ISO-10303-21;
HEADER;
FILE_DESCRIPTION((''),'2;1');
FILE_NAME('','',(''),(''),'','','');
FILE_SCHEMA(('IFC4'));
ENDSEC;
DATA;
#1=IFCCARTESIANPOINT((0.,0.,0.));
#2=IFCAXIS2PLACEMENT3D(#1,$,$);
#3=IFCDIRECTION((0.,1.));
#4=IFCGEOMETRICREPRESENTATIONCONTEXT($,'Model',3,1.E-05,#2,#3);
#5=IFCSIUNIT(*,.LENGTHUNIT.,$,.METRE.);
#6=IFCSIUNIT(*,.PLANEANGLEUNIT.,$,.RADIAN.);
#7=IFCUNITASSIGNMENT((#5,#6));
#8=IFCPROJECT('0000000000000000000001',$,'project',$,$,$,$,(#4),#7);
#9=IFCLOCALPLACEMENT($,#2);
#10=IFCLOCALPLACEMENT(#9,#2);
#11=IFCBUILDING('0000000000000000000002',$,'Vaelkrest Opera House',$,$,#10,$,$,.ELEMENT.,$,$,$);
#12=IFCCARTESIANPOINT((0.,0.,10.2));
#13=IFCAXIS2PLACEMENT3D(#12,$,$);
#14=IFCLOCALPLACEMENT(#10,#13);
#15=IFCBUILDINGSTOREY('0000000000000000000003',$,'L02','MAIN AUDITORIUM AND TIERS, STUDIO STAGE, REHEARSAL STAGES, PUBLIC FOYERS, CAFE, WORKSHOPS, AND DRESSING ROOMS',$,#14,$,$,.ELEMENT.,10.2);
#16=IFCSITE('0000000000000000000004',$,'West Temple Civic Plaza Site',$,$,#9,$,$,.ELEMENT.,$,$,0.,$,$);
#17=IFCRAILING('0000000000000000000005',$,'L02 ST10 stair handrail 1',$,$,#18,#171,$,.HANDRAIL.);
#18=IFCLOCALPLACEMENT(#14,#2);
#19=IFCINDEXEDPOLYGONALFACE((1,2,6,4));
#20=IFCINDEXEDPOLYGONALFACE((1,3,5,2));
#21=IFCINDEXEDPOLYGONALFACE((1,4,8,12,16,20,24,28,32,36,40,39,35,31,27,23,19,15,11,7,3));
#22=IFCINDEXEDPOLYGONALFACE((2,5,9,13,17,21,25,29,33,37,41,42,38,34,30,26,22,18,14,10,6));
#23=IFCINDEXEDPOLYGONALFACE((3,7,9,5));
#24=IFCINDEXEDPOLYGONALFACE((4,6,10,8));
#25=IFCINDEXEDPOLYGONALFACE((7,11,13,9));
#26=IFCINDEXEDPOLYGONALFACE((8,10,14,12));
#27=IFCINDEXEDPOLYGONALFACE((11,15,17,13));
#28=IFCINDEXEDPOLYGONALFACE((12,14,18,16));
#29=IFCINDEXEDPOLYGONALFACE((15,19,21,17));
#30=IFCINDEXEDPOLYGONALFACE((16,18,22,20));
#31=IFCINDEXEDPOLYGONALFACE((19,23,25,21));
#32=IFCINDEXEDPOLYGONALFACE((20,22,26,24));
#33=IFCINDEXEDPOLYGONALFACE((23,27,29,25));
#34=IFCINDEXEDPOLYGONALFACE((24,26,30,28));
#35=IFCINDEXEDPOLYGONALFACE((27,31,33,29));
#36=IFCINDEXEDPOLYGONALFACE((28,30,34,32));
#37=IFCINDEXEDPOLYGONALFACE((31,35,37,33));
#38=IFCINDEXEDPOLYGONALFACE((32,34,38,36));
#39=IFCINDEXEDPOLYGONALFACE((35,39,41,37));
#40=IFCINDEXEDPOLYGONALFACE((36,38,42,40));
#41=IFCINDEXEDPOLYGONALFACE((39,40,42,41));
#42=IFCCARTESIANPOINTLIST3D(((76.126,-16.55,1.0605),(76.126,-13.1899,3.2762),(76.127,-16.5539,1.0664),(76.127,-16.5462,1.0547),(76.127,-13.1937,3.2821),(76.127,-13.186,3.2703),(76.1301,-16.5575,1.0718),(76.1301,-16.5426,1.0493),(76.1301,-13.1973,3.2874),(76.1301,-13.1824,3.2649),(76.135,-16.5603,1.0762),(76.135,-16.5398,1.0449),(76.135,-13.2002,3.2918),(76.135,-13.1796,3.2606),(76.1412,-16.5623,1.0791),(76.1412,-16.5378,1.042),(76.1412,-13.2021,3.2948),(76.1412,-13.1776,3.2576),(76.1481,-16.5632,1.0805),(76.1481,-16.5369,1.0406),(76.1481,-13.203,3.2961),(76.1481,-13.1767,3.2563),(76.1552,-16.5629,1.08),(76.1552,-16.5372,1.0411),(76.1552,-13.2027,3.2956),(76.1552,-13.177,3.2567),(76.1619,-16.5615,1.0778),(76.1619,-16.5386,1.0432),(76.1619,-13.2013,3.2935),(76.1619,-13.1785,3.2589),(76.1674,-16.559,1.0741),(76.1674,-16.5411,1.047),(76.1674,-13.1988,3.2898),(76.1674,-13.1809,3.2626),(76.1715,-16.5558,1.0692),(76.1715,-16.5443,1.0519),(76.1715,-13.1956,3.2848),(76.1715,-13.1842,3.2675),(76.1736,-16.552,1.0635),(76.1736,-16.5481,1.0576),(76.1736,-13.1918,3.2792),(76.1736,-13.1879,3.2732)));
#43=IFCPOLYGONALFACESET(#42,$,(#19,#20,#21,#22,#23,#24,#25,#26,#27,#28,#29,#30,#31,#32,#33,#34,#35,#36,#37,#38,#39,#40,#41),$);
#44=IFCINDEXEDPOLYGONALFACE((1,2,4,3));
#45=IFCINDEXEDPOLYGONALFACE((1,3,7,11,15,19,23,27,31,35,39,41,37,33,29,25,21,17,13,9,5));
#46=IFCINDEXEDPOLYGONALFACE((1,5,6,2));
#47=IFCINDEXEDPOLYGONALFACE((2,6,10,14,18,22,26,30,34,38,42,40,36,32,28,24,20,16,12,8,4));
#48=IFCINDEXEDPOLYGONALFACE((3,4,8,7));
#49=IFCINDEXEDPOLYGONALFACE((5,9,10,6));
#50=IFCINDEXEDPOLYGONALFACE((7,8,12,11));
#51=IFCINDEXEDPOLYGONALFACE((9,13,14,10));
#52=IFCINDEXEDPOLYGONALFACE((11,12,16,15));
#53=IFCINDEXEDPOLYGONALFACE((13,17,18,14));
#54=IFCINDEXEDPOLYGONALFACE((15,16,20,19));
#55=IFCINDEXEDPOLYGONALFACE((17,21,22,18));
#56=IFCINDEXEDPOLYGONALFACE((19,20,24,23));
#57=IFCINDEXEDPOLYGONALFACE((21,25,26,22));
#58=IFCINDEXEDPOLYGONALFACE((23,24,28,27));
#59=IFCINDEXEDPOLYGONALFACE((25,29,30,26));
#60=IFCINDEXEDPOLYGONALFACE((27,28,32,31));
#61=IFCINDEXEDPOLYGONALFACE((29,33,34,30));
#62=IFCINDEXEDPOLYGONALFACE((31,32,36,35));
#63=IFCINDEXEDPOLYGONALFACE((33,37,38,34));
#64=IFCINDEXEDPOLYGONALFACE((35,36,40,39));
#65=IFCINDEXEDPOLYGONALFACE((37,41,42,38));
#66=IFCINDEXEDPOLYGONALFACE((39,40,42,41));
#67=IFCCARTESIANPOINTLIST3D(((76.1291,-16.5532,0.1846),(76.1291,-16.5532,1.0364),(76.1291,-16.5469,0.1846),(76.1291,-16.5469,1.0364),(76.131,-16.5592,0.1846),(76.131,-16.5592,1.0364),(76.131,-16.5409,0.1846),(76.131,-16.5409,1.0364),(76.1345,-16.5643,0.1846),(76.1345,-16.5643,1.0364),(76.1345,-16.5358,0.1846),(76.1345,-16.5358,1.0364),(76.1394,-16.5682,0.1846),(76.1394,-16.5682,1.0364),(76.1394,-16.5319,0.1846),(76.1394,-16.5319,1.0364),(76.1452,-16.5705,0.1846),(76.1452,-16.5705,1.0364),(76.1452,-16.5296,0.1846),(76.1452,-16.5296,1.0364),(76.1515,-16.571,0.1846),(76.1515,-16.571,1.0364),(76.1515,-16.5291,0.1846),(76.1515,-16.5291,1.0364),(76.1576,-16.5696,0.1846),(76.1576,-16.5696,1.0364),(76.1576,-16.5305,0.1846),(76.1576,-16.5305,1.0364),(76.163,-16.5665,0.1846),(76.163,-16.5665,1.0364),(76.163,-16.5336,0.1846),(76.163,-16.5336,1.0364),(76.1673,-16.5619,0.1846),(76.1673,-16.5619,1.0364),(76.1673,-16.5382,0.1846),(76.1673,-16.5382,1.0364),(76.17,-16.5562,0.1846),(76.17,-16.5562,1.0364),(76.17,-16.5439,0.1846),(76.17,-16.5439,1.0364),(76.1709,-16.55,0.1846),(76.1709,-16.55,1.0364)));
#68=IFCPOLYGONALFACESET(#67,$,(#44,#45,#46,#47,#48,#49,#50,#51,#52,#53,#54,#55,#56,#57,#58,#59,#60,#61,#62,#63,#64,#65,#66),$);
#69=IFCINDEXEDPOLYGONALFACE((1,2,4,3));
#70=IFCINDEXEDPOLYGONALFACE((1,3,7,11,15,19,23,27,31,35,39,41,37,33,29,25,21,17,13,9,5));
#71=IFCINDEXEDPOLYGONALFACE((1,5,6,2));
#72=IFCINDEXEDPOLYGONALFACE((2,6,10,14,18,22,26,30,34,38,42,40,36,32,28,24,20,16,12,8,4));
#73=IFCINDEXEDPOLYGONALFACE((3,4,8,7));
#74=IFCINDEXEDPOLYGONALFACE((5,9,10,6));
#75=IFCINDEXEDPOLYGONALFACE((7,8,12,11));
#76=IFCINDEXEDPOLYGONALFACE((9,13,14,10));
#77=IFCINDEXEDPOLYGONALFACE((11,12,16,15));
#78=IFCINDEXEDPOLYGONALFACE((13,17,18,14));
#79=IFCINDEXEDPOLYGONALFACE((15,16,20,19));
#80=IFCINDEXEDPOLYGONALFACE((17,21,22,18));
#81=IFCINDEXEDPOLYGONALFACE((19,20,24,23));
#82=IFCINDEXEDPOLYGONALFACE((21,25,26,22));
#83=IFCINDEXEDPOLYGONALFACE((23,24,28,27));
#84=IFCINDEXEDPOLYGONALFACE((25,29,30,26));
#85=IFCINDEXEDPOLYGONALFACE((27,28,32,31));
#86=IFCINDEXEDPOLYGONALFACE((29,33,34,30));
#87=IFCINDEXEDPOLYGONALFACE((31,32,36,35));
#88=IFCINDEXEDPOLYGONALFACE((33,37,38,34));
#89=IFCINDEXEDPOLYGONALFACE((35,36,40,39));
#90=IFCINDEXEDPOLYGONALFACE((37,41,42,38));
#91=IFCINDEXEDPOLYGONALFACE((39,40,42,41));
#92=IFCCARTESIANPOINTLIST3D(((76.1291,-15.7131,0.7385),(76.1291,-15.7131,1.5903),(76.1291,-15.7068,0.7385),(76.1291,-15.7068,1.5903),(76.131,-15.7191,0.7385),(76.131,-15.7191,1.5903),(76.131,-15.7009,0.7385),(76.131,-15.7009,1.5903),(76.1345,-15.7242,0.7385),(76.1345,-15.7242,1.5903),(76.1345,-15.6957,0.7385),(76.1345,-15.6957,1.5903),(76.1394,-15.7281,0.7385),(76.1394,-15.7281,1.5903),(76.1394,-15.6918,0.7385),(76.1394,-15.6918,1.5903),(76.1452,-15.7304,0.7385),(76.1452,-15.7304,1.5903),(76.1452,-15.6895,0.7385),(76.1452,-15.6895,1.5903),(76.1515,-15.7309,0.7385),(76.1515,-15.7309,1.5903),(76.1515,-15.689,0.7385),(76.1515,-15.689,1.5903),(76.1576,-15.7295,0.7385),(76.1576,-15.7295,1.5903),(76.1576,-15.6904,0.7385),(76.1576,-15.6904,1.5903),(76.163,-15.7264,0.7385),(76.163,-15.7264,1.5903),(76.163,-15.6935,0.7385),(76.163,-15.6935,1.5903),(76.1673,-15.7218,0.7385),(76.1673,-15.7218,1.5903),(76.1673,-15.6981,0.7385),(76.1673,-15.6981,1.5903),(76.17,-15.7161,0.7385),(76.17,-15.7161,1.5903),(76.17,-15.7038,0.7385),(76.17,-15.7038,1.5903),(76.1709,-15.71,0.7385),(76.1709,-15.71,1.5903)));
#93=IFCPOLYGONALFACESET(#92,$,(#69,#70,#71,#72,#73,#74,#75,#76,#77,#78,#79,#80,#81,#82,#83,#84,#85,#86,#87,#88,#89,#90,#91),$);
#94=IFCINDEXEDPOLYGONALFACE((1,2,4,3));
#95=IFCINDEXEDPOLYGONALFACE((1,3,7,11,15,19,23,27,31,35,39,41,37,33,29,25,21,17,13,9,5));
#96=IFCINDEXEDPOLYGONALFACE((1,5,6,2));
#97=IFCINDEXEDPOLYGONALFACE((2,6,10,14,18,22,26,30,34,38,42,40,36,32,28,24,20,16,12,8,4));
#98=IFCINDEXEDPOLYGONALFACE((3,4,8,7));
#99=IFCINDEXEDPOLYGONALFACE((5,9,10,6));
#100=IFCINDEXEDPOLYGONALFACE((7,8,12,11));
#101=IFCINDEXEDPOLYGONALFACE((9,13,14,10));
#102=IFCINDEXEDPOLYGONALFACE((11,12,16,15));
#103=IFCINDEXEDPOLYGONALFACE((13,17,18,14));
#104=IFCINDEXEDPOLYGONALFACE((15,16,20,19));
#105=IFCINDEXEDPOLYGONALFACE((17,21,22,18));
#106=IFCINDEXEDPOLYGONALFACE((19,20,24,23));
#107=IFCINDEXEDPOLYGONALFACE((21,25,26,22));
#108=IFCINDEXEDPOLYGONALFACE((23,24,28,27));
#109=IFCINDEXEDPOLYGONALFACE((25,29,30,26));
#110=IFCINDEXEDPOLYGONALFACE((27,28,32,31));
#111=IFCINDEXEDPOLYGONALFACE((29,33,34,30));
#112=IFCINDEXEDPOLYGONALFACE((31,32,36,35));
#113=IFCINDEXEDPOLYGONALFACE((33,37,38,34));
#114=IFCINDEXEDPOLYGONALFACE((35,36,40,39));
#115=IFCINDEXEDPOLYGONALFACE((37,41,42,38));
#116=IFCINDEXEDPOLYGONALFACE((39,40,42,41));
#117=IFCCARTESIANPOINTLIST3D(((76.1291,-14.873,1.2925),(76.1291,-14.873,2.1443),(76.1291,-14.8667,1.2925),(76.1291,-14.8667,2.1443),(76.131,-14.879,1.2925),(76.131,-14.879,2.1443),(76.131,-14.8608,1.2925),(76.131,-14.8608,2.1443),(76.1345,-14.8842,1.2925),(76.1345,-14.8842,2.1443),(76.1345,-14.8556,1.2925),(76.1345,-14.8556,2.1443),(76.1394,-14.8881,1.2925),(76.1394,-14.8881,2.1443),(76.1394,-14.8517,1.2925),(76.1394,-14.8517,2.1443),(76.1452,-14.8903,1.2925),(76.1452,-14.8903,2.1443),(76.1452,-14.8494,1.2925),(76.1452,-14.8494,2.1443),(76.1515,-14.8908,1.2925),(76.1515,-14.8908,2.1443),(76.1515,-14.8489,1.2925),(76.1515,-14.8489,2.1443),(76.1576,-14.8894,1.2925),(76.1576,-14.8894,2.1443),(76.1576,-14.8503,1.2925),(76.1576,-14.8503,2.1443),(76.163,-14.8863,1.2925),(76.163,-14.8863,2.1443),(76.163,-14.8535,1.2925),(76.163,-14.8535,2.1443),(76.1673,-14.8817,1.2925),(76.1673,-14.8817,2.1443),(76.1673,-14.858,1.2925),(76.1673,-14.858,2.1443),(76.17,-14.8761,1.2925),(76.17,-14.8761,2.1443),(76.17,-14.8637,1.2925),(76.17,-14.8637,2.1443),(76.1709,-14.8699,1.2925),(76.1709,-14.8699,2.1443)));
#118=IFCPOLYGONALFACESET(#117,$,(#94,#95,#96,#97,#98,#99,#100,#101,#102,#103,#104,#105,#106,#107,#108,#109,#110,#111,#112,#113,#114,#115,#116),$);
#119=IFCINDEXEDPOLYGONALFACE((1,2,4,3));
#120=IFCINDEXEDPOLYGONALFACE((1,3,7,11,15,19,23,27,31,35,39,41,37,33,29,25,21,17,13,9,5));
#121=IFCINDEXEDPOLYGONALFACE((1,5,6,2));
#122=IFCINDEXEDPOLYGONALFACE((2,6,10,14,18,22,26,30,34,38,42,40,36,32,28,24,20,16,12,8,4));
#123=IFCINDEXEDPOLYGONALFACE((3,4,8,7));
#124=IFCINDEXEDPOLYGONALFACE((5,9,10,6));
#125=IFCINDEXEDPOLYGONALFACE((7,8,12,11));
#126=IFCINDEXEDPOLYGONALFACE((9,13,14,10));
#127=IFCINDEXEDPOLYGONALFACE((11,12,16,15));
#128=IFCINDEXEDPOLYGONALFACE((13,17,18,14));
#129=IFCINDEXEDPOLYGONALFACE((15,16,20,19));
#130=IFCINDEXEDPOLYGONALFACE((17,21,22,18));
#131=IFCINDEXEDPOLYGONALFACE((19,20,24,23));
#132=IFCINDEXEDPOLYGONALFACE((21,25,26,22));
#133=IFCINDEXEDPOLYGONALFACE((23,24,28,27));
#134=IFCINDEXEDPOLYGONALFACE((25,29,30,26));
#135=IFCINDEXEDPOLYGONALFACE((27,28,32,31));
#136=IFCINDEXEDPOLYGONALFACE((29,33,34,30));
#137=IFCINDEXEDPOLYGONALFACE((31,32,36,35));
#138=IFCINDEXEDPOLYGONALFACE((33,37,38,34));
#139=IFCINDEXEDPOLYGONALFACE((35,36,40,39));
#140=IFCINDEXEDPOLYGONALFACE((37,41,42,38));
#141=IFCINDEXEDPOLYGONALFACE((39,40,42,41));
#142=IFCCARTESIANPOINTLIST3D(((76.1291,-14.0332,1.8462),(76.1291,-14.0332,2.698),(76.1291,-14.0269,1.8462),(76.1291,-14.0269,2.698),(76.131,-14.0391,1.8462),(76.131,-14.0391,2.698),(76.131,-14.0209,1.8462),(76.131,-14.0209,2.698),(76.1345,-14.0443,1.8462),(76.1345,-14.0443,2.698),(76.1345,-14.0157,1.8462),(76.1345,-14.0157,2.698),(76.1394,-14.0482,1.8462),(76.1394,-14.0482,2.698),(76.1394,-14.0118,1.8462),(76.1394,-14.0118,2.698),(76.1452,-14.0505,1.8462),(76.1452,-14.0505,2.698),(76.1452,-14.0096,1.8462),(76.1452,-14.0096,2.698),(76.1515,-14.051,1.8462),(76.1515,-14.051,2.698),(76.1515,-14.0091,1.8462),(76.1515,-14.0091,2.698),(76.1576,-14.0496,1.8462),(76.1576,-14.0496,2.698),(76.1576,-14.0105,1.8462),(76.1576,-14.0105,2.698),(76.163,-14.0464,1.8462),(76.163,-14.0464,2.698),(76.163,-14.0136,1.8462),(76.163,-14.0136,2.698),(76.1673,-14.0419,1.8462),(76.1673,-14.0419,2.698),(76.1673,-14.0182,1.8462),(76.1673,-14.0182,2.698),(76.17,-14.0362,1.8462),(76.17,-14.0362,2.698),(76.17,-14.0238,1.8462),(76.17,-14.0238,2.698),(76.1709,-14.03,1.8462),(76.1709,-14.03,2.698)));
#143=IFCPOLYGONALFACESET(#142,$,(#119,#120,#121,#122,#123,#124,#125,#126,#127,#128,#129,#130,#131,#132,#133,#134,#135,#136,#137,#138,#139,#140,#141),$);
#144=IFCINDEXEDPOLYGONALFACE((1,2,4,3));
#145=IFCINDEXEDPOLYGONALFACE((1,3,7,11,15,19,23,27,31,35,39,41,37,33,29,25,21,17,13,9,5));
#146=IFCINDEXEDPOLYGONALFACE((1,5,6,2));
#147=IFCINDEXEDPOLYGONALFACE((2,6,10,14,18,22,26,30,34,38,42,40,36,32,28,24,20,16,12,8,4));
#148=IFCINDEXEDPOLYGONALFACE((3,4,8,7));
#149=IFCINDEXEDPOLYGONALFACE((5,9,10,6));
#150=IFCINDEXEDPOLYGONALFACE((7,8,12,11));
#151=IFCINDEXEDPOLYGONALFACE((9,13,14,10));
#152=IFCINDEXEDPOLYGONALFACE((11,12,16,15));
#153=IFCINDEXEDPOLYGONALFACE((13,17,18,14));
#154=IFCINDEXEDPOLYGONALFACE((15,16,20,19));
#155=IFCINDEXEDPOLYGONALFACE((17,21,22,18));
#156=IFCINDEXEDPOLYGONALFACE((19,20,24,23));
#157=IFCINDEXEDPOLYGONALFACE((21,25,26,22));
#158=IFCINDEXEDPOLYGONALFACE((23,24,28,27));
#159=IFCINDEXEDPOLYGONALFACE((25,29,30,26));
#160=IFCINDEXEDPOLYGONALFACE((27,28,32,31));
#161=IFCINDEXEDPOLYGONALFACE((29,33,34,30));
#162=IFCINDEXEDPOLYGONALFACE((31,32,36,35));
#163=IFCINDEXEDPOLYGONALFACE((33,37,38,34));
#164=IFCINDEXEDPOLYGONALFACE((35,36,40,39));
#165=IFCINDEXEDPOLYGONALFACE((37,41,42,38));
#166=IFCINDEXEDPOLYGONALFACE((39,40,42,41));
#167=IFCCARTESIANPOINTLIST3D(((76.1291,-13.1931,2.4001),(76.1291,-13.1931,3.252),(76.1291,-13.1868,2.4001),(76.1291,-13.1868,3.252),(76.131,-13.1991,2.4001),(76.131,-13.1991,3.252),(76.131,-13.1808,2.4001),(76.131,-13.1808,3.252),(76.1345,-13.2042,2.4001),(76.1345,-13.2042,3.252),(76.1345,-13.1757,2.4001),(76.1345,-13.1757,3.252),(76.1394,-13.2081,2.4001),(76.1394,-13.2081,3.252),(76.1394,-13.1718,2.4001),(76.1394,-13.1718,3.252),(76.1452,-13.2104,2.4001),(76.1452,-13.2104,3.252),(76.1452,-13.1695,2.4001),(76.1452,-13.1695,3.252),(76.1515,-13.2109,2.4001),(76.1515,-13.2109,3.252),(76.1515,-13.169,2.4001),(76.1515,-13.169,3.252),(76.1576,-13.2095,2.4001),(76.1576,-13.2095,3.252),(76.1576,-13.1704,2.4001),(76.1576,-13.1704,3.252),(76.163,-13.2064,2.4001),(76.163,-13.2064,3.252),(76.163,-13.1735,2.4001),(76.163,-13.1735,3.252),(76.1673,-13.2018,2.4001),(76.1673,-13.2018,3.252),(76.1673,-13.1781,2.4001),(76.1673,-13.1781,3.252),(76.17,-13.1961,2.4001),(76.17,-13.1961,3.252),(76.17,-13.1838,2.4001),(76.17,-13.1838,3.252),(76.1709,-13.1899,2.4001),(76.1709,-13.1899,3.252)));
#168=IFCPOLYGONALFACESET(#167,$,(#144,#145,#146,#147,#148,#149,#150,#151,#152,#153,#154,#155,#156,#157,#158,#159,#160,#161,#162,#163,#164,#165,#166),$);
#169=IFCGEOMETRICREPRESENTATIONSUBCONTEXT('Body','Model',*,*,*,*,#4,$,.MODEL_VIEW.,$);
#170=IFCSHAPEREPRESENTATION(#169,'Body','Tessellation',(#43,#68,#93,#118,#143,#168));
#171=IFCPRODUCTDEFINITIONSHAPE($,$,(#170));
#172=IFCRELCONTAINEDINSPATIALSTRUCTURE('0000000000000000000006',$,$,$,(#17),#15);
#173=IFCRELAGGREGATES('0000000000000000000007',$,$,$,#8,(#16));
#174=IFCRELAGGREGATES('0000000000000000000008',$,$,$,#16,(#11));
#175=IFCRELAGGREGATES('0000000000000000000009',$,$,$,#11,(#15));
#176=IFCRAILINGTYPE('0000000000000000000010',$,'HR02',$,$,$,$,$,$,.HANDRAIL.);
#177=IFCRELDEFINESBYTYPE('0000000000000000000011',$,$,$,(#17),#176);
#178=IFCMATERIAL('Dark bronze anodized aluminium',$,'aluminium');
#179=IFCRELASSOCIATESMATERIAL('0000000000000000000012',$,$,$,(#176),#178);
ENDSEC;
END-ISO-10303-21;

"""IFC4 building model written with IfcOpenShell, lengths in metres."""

from ifc_helpers import new_model, si_unit, direction, frame, origin, origin_2d, place, context, subcontext, project, spatial, circle, extrude, material, type_object, element, save


model = new_model("IFC4")

# Units and contexts
model_context = context("Model", 3, precision=1e-05, world=origin(), true_north=direction((0.0, 1.0)))
body_context = subcontext(model_context, "Body", "Model", "MODEL_VIEW")
ifc_project = project(units=[si_unit("LENGTHUNIT", "METRE"), si_unit("PLANEANGLEUNIT", "RADIAN")], contexts=[model_context])

# Site, building, storey
site_placement = place(None, origin())
site = spatial("IfcSite", under=ifc_project, at=site_placement, Name="West Temple Civic Plaza Site", CompositionType="ELEMENT", RefElevation=0.0)
building_placement = place(site_placement, origin())
building = spatial("IfcBuilding", under=site, at=building_placement, Name="Vaelkrest Opera House", CompositionType="ELEMENT")
storey_placement = place(building_placement, frame((0.0, 0.0, 10.2)))
storey = spatial("IfcBuildingStorey", under=building, at=storey_placement, Name="L02", Description="MAIN AUDITORIUM AND TIERS, STUDIO STAGE, REHEARSAL STAGES, PUBLIC FOYERS, CAFE, WORKSHOPS, AND DRESSING ROOMS", CompositionType="ELEMENT", Elevation=10.2)

# Railing
ifc_material_1 = material(Name="Dark bronze anodized aluminium", Category="aluminium")
railing_type_1 = type_object("IfcRailingType", Name="HR02", PredefinedType="HANDRAIL", material=ifc_material_1)
railing_1_placement = place(storey_placement, frame((76.1499, -16.55, 0.1846)))
element("IfcRailing", 1, at=railing_1_placement, inside=storey, type_object=railing_type_1, Name="L02 ST10 stair handrail 1", PredefinedType="HANDRAIL", context=body_context, shape_type="SweptSolid", body=[
    extrude(circle(Radius=0.0239, at=origin_2d()), frame((0.0, 0.0, 0.876), z_axis=(0.0, 0.834849, 0.55048), x_axis=(-1.0, 0.0, 0.0)), (0.0, 0.0, 1.0), 4.0249),
    extrude(circle(Radius=0.021, at=origin_2d()), origin(), (0.0, 0.0, 1.0), 0.8518),
    extrude(circle(Radius=0.021, at=origin_2d()), frame((0.0, 0.8401, 0.554)), (0.0, 0.0, 1.0), 0.8518),
    extrude(circle(Radius=0.021, at=origin_2d()), frame((0.0, 1.6802, 1.1079)), (0.0, 0.0, 1.0), 0.8518),
    extrude(circle(Radius=0.021, at=origin_2d()), frame((0.0, 2.52, 1.6616)), (0.0, 0.0, 1.0), 0.8518),
    extrude(circle(Radius=0.021, at=origin_2d()), frame((0.0, 3.3601, 2.2156)), (0.0, 0.0, 1.0), 0.8518),
])

save(model, "model.ifc")
